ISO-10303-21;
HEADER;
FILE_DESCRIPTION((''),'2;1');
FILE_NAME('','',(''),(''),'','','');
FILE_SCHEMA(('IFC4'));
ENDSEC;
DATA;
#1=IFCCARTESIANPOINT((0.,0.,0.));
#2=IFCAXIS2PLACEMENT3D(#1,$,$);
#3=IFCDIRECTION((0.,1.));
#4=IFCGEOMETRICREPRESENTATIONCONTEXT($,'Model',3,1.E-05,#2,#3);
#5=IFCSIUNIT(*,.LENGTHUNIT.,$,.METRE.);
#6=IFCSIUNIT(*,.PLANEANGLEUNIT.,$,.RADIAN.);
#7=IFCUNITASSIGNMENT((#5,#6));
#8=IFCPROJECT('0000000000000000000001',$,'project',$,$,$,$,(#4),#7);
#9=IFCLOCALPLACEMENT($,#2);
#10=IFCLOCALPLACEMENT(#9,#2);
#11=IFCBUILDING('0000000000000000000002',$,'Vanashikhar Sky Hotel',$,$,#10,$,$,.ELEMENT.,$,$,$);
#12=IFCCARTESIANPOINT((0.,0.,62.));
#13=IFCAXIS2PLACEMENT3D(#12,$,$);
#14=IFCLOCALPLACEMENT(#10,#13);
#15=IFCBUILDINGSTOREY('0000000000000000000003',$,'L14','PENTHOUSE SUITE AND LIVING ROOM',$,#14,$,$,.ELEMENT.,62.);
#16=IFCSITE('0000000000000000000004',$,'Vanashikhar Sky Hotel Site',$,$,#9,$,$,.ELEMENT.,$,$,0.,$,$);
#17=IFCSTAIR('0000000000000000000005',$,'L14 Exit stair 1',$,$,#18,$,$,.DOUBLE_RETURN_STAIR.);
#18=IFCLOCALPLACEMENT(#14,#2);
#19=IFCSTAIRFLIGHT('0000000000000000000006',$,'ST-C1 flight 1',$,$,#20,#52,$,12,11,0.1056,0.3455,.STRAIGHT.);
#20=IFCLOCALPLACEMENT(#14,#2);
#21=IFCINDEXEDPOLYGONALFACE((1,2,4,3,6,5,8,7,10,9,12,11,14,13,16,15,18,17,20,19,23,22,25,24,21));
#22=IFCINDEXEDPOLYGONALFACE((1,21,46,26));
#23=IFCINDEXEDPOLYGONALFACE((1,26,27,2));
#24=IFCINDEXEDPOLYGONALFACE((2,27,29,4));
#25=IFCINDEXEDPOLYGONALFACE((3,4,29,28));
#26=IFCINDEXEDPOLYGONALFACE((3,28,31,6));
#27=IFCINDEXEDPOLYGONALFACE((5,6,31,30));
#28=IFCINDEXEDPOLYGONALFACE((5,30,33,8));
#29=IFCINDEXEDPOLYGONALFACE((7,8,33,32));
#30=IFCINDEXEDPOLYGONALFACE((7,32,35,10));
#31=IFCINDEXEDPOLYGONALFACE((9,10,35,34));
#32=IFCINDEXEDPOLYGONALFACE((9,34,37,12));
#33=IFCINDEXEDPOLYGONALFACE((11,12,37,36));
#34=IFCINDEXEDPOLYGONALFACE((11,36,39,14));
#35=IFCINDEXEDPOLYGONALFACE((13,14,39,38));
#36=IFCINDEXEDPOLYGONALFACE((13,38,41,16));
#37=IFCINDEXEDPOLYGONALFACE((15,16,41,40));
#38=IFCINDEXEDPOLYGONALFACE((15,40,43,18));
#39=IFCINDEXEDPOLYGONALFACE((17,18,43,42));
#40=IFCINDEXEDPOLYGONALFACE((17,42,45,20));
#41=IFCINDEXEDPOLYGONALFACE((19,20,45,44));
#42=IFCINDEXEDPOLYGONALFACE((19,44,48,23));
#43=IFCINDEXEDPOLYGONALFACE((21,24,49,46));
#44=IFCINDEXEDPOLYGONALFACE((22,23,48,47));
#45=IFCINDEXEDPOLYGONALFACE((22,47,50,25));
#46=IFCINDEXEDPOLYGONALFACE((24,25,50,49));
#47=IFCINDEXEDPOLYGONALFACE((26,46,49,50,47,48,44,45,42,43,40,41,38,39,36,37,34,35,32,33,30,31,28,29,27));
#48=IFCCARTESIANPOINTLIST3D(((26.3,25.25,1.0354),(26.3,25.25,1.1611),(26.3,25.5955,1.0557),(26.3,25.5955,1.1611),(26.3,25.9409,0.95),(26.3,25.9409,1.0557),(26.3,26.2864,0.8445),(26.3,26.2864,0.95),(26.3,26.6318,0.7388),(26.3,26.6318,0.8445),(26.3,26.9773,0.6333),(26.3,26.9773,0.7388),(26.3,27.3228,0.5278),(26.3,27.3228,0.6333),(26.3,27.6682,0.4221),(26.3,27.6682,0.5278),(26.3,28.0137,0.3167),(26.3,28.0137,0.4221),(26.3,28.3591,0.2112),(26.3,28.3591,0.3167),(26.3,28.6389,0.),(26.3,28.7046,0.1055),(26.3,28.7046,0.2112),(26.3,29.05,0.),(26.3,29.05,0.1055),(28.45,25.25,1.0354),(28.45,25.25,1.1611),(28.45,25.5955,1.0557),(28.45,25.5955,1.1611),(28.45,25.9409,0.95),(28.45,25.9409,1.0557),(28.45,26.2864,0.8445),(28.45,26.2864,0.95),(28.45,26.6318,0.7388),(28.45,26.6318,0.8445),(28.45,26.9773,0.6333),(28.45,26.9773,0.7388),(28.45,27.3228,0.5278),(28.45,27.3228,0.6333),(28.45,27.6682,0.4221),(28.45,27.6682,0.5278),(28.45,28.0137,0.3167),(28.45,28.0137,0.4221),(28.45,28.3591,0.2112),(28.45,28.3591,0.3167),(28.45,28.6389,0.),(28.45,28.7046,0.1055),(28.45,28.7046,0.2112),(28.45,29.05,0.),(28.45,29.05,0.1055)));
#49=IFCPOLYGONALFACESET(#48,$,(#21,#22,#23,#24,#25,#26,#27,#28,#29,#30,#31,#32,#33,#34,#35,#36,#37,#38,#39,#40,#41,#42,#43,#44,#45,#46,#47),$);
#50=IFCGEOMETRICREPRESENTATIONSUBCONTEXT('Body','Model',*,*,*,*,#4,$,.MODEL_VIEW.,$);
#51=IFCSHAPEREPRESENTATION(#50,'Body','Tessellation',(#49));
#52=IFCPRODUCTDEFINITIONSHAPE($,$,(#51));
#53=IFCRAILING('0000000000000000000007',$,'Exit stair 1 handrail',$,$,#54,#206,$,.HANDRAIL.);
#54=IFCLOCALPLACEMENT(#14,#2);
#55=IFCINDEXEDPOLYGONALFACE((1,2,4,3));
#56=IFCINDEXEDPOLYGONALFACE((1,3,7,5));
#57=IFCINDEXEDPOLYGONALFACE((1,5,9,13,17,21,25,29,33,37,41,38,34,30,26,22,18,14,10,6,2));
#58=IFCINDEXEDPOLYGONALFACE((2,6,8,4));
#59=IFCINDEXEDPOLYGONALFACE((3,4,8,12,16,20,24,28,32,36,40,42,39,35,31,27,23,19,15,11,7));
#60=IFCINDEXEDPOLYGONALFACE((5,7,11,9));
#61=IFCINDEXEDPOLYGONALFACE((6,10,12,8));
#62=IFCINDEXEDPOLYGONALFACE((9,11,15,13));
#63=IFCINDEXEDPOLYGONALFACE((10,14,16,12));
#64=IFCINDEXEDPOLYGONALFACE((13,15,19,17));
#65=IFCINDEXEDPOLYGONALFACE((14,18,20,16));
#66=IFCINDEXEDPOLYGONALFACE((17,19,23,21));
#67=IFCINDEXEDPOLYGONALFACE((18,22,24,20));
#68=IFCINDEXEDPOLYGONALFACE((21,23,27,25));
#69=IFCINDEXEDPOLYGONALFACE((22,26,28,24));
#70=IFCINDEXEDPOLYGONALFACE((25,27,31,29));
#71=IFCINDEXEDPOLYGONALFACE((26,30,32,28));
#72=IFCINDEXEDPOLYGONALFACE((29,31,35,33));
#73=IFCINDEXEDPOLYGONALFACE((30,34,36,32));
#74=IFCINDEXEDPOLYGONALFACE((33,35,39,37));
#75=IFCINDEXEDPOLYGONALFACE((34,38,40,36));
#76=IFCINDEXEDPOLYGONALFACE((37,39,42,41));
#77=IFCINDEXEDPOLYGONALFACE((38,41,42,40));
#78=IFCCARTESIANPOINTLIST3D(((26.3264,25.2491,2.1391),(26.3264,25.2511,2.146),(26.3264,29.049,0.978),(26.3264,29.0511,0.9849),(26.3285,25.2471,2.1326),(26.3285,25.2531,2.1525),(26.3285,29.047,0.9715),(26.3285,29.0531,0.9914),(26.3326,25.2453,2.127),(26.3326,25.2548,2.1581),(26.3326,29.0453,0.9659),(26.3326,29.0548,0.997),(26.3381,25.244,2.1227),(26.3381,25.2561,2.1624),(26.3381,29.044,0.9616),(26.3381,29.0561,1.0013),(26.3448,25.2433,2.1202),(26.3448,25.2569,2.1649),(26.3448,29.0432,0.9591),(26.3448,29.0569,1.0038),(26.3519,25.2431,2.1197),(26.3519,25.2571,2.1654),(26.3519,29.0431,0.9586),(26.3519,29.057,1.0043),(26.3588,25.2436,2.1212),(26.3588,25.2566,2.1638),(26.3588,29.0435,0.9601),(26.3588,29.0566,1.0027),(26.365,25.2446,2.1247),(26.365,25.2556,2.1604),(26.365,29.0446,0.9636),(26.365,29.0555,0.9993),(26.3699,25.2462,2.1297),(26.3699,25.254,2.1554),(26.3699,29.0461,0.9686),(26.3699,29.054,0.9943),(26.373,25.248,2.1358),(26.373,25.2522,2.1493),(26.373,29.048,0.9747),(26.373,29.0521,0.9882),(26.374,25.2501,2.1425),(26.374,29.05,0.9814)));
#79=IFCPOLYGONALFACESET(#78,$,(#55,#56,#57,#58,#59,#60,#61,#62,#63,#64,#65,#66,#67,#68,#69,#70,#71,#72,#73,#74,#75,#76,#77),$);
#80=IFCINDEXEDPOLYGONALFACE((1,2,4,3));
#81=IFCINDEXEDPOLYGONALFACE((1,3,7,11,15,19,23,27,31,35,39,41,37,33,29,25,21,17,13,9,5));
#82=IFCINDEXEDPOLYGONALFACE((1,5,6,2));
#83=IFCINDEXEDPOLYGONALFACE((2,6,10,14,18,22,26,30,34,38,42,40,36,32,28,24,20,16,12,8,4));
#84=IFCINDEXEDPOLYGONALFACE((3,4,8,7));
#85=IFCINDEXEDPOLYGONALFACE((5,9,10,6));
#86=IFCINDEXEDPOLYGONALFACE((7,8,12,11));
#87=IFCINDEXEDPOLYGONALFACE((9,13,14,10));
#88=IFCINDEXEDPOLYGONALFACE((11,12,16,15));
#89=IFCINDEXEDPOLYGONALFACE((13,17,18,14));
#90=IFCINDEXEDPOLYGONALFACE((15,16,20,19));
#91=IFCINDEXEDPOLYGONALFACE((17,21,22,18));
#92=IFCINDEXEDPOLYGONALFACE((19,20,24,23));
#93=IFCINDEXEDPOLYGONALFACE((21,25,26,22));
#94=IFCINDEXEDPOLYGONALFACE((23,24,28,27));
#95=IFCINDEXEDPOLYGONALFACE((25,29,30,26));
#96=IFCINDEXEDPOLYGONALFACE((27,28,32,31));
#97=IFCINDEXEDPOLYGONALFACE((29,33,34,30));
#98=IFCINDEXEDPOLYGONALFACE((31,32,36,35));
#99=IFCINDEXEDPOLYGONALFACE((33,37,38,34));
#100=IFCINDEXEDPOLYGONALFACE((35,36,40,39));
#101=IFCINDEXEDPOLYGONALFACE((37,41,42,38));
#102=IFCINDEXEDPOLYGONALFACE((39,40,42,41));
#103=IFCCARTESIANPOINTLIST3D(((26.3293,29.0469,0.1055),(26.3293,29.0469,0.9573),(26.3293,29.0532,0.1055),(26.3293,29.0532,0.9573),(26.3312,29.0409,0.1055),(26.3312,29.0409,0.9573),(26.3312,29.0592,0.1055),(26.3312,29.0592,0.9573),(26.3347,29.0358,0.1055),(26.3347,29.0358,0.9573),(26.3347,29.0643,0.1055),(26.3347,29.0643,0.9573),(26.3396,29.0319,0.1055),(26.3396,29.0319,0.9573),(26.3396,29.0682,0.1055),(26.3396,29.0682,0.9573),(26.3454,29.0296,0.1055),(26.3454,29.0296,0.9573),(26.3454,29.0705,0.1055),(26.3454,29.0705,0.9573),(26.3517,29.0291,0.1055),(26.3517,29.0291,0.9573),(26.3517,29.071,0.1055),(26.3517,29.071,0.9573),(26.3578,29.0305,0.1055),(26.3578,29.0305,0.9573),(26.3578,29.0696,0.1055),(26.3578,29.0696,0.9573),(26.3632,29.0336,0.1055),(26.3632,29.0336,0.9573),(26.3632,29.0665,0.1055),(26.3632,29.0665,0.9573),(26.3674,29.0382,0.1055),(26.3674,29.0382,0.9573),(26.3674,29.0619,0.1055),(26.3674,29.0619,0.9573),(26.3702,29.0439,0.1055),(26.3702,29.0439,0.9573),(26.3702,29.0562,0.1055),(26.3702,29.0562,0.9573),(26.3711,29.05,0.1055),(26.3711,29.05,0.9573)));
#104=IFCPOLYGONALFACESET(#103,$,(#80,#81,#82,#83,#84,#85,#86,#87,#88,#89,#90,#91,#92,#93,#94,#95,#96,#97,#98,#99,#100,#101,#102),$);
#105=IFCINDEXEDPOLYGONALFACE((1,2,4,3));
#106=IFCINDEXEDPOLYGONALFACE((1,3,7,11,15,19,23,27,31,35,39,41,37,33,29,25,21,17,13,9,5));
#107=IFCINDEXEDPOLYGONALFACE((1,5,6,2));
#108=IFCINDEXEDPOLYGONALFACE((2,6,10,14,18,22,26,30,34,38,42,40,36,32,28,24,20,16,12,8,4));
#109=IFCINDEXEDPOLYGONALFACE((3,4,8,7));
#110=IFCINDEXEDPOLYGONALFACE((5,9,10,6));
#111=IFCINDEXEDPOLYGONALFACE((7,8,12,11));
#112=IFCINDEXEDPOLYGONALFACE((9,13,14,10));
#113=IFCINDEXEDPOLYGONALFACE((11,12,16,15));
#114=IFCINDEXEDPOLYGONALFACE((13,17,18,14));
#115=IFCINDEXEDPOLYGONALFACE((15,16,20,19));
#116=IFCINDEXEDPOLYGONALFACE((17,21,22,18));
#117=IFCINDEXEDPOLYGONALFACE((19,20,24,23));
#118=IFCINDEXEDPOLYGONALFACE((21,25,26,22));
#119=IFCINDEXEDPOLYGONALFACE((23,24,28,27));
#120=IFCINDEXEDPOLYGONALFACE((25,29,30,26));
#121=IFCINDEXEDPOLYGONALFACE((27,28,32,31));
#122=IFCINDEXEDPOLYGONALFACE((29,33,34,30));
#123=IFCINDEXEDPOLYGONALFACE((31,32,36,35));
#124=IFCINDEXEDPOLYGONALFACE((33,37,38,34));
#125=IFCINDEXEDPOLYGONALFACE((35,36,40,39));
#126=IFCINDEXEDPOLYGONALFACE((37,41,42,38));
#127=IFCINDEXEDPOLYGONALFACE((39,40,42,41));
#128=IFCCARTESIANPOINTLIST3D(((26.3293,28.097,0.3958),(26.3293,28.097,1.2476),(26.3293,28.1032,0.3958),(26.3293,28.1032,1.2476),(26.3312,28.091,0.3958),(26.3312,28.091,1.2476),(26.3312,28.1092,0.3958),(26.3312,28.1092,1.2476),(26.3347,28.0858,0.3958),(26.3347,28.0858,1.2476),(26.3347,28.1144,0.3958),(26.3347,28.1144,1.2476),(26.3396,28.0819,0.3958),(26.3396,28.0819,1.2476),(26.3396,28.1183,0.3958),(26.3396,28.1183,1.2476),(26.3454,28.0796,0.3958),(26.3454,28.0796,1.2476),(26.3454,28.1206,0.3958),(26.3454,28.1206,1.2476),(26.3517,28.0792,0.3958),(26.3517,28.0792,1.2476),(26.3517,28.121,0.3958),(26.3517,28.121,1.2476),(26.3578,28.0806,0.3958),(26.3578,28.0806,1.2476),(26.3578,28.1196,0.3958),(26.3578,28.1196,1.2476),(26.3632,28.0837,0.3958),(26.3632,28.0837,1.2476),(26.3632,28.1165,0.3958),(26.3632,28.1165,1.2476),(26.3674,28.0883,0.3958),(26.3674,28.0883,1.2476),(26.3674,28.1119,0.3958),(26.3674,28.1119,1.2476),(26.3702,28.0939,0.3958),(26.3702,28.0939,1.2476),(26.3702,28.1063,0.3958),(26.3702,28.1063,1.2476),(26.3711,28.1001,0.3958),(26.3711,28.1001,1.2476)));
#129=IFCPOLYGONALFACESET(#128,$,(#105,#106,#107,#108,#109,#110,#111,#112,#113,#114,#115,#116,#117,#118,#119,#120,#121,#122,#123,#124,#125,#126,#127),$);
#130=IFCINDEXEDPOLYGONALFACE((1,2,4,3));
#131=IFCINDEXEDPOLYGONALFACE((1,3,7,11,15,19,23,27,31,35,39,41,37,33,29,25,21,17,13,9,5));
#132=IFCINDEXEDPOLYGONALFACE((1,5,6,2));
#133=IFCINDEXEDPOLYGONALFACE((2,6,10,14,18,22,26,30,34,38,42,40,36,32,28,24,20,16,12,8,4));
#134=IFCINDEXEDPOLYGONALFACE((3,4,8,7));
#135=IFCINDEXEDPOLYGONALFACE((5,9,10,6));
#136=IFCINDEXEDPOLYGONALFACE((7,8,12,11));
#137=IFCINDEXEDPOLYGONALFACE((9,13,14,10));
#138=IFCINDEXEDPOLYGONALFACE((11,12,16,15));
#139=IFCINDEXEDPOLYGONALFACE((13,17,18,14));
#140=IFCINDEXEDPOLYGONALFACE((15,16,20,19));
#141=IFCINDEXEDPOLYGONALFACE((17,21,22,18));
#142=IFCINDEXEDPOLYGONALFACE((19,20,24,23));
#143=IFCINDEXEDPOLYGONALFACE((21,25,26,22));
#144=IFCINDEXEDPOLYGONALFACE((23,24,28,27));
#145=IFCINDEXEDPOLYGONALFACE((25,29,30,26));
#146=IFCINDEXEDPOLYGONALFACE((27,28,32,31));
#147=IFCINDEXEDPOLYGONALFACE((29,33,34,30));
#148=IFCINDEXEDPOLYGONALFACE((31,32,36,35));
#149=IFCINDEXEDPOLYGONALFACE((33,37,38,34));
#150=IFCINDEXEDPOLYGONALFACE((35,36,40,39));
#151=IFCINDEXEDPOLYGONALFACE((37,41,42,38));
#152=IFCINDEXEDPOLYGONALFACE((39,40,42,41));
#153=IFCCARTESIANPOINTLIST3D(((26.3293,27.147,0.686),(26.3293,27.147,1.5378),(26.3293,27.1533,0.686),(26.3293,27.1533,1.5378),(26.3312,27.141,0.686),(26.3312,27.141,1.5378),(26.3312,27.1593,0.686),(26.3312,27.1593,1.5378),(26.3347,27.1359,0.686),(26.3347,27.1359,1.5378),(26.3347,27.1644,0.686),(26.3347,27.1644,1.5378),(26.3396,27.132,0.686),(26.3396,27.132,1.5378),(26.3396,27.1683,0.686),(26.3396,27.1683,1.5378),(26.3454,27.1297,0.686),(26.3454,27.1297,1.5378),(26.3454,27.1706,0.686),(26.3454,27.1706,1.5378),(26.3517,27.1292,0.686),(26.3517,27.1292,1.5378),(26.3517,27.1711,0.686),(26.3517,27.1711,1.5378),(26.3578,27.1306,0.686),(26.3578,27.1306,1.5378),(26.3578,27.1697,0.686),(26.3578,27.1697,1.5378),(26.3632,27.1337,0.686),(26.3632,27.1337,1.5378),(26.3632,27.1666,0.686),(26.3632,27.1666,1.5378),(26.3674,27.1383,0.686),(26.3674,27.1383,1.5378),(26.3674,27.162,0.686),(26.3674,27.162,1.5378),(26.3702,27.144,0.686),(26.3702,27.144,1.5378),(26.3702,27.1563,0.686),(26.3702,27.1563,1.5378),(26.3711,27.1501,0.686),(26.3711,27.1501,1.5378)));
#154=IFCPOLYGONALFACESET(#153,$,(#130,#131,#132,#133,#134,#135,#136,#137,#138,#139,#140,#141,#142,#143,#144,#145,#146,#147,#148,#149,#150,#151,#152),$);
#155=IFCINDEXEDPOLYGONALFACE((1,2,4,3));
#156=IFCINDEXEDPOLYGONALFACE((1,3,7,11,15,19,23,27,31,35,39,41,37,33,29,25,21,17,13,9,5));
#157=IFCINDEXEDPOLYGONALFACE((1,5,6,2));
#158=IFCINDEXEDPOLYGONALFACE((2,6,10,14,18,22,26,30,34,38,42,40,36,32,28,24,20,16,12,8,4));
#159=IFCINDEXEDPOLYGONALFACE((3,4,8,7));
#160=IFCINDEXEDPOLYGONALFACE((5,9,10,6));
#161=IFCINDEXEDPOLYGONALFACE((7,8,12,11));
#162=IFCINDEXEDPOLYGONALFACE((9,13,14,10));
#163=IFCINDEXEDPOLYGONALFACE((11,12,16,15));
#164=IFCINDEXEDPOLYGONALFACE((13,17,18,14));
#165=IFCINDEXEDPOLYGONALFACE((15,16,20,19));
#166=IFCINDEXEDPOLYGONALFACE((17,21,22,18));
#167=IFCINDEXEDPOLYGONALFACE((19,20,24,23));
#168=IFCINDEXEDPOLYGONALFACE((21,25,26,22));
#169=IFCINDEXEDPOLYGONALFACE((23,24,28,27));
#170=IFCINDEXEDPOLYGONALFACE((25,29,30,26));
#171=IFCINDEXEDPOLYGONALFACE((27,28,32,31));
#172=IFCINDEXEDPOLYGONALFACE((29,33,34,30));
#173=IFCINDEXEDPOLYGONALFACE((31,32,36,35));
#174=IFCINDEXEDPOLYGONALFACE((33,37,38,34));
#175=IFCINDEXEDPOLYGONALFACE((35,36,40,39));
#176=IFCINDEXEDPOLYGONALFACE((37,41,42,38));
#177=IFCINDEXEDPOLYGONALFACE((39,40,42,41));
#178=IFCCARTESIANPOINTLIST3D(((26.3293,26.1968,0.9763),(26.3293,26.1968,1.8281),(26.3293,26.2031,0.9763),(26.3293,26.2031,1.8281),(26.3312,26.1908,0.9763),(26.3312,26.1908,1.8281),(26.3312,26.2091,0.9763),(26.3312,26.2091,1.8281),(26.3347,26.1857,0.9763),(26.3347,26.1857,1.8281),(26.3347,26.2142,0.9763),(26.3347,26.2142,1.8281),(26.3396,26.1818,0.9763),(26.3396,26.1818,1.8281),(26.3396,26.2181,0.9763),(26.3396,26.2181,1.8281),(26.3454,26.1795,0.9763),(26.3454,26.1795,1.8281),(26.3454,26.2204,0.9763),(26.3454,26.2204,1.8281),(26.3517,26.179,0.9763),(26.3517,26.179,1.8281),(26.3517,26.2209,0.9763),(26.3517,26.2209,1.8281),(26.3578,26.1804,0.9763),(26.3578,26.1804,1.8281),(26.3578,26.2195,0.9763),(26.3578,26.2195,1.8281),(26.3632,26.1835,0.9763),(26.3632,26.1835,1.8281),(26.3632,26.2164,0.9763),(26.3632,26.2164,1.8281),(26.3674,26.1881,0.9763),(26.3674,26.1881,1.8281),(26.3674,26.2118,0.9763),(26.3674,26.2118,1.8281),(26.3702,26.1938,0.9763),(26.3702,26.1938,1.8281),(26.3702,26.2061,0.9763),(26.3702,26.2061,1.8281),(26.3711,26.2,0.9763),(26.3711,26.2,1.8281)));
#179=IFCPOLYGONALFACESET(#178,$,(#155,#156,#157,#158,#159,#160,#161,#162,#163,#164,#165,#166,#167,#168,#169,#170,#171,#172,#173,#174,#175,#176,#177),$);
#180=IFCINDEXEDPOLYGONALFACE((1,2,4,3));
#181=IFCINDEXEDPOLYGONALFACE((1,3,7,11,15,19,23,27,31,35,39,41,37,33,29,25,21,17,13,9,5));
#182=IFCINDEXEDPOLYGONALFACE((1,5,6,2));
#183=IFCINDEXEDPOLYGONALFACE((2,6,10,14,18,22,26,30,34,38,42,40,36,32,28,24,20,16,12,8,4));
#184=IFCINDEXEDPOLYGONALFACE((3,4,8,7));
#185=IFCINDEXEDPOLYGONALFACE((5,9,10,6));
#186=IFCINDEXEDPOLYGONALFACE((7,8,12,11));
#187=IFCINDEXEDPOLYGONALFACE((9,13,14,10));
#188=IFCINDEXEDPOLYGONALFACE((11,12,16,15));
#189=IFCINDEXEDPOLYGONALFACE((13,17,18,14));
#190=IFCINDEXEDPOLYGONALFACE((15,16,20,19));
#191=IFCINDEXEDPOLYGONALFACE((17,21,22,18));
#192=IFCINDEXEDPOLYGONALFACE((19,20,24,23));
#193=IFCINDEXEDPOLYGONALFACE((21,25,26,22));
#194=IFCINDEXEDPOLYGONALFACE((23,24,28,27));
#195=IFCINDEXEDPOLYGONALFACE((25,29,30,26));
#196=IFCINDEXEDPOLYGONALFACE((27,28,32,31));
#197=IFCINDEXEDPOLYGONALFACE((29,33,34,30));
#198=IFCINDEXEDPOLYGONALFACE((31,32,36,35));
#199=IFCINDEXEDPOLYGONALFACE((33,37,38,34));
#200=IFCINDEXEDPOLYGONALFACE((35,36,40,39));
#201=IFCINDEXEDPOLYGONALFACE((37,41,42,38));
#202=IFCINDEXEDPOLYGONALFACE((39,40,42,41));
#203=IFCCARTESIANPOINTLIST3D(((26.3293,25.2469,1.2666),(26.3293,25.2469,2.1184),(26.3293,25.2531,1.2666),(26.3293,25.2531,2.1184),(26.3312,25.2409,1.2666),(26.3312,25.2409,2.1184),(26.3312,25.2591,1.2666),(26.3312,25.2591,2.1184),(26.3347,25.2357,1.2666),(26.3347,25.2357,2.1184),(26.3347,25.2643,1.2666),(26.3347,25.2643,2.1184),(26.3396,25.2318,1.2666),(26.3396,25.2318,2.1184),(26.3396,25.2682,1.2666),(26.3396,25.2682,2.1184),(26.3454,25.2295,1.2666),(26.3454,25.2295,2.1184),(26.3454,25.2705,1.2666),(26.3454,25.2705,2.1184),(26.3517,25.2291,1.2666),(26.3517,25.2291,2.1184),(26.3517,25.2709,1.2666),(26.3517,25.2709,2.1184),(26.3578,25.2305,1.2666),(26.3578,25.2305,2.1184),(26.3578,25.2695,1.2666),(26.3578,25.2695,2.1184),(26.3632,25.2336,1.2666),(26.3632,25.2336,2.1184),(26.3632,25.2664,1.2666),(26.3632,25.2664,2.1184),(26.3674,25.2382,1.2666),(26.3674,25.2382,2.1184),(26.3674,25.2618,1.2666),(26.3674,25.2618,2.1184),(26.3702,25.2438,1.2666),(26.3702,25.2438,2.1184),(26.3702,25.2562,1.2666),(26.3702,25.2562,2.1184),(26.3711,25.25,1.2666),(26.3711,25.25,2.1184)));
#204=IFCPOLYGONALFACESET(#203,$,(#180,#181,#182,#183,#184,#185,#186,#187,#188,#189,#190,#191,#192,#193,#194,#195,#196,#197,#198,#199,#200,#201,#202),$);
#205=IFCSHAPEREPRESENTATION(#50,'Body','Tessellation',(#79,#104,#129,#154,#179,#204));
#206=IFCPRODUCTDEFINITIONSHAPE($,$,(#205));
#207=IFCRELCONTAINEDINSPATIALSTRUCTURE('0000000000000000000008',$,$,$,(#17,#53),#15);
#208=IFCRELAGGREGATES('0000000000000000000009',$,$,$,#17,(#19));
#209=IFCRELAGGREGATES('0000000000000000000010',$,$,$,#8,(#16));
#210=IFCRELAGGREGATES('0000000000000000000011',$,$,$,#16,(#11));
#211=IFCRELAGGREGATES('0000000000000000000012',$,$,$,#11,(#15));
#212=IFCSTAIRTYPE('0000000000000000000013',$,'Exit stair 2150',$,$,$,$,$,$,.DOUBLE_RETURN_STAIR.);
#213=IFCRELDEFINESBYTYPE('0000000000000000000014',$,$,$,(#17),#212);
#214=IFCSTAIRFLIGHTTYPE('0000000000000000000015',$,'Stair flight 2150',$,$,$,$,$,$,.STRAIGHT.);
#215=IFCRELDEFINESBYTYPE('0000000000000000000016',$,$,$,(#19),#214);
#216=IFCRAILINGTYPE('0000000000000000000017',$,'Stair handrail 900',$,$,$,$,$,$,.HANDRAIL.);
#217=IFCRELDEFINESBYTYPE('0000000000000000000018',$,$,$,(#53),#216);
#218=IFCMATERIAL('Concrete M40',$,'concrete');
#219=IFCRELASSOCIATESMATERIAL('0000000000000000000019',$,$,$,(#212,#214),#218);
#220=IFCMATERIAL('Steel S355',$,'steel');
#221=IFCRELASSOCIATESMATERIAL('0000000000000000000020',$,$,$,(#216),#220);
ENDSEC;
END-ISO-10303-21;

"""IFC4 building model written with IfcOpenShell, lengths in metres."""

from ifc_helpers import new_model, si_unit, direction, frame, origin, origin_2d, place, context, subcontext, project, spatial, polyline, circle, outline, extrude, source, transform, mapped, material, type_object, element, aggregate, save


model = new_model("IFC4")

# Units and contexts
model_context = context("Model", 3, precision=1e-05, world=origin(), true_north=direction((0.0, 1.0)))
body_context = subcontext(model_context, "Body", "Model", "MODEL_VIEW")
ifc_project = project(units=[si_unit("LENGTHUNIT", "METRE"), si_unit("PLANEANGLEUNIT", "RADIAN")], contexts=[model_context])

# Site, building, storey
site_placement = place(None, origin())
site = spatial("IfcSite", under=ifc_project, at=site_placement, Name="Vanashikhar Sky Hotel Site", CompositionType="ELEMENT", RefElevation=0.0)
building_placement = place(site_placement, origin())
building = spatial("IfcBuilding", under=site, at=building_placement, Name="Vanashikhar Sky Hotel", CompositionType="ELEMENT")
storey_placement = place(building_placement, frame((0.0, 0.0, 62.0)))
storey = spatial("IfcBuildingStorey", under=building, at=storey_placement, Name="L14", Description="PENTHOUSE SUITE AND LIVING ROOM", CompositionType="ELEMENT", Elevation=62.0)

# Stair, stair flight
ifc_material_1 = material(Name="Concrete M40", Category="concrete")
stair_type = type_object("IfcStairType", Name="Exit stair 2150", PredefinedType="DOUBLE_RETURN_STAIR", material=ifc_material_1)
stair_placement = place(storey_placement, origin())
stair = element("IfcStair", 1, at=stair_placement, inside=storey, type_object=stair_type, Name="L14 Exit stair 1", PredefinedType="DOUBLE_RETURN_STAIR")
stair_flight_type = type_object("IfcStairFlightType", Name="Stair flight 2150", PredefinedType="STRAIGHT", material=ifc_material_1)
shared_shape_1 = source(origin(), body_context, "Body", "SweptSolid", [
    extrude(outline(polyline([(0.0, 0.0), (0.0, 0.1055), (0.3455, 0.1055), (0.3455, 0.2112), (0.6909, 0.2112), (0.6909, 0.3167), (1.0364, 0.3167), (1.0364, 0.4221), (1.3818, 0.4221), (1.3818, 0.5278), (1.7273, 0.5278), (1.7273, 0.6333), (2.0728, 0.6333), (2.0728, 0.7388), (2.4182, 0.7388), (2.4182, 0.8445), (2.7637, 0.8445), (2.7637, 0.95), (3.1091, 0.95), (3.1091, 1.0557), (3.4546, 1.0557), (3.4546, 1.1611), (3.8, 1.1611), (3.8, 1.2666), (3.8, 1.0354), (0.4111, 0.0), (0.0, 0.0)])), frame((0.0, 1.075, 0.0), z_axis=(0.0, -1.0, 0.0), x_axis=(1.0, 0.0, 0.0)), (0.0, 0.0, 1.0), 2.1499),
])
stair_flight_placement = place(storey_placement, frame((27.375, 29.05, 0.0), z_axis=(0.0, 0.0, 1.0), x_axis=(0.0, -1.0, 0.0)))
stair_flight = element("IfcStairFlight", 2, at=stair_flight_placement, type_object=stair_flight_type, Name="ST-C1 flight 1", NumberOfRisers=12, NumberOfTreads=11, PredefinedType="STRAIGHT", RiserHeight=0.1056, TreadLength=0.3455, context=body_context, shape_type="MappedRepresentation", body=[
    mapped(shared_shape_1, transform((0.0, 0.0, 0.0), scale=1.0)),
])
aggregate(stair, [stair_flight])

# Railing
ifc_material_2 = material(Name="Steel S355", Category="steel")
railing_type = type_object("IfcRailingType", Name="Stair handrail 900", PredefinedType="HANDRAIL", material=ifc_material_2)
shared_shape_2 = source(origin(), body_context, "Body", "SweptSolid", [
    extrude(circle(Radius=0.0239, at=origin_2d()), frame((0.0, 0.0, 0.876), z_axis=(0.0, -0.956351, 0.29222), x_axis=(1.0, 0.0, 0.0)), (0.0, 0.0, 1.0), 3.9734),
    extrude(circle(Radius=0.021, at=origin_2d()), origin(), (0.0, 0.0, 1.0), 0.8518),
    extrude(circle(Radius=0.021, at=origin_2d()), frame((0.0, -0.95, 0.2903)), (0.0, 0.0, 1.0), 0.8518),
    extrude(circle(Radius=0.021, at=origin_2d()), frame((0.0, -1.8999, 0.5806)), (0.0, 0.0, 1.0), 0.8518),
    extrude(circle(Radius=0.021, at=origin_2d()), frame((0.0, -2.8501, 0.8708)), (0.0, 0.0, 1.0), 0.8518),
    extrude(circle(Radius=0.021, at=origin_2d()), frame((0.0, -3.8, 1.1611)), (0.0, 0.0, 1.0), 0.8518),
])
for number, where, name in (
    (3, (26.3501, 29.05, 0.1055), "Exit stair 1 handrail"),
):
    element("IfcRailing", number, at=place(storey_placement, frame(where)), inside=storey, type_object=railing_type, Name=name, PredefinedType="HANDRAIL", context=body_context, shape_type="MappedRepresentation", body=[
        mapped(shared_shape_2, transform((0.0, 0.0, 0.0), scale=1.0)),
    ])

save(model, "model.ifc")
